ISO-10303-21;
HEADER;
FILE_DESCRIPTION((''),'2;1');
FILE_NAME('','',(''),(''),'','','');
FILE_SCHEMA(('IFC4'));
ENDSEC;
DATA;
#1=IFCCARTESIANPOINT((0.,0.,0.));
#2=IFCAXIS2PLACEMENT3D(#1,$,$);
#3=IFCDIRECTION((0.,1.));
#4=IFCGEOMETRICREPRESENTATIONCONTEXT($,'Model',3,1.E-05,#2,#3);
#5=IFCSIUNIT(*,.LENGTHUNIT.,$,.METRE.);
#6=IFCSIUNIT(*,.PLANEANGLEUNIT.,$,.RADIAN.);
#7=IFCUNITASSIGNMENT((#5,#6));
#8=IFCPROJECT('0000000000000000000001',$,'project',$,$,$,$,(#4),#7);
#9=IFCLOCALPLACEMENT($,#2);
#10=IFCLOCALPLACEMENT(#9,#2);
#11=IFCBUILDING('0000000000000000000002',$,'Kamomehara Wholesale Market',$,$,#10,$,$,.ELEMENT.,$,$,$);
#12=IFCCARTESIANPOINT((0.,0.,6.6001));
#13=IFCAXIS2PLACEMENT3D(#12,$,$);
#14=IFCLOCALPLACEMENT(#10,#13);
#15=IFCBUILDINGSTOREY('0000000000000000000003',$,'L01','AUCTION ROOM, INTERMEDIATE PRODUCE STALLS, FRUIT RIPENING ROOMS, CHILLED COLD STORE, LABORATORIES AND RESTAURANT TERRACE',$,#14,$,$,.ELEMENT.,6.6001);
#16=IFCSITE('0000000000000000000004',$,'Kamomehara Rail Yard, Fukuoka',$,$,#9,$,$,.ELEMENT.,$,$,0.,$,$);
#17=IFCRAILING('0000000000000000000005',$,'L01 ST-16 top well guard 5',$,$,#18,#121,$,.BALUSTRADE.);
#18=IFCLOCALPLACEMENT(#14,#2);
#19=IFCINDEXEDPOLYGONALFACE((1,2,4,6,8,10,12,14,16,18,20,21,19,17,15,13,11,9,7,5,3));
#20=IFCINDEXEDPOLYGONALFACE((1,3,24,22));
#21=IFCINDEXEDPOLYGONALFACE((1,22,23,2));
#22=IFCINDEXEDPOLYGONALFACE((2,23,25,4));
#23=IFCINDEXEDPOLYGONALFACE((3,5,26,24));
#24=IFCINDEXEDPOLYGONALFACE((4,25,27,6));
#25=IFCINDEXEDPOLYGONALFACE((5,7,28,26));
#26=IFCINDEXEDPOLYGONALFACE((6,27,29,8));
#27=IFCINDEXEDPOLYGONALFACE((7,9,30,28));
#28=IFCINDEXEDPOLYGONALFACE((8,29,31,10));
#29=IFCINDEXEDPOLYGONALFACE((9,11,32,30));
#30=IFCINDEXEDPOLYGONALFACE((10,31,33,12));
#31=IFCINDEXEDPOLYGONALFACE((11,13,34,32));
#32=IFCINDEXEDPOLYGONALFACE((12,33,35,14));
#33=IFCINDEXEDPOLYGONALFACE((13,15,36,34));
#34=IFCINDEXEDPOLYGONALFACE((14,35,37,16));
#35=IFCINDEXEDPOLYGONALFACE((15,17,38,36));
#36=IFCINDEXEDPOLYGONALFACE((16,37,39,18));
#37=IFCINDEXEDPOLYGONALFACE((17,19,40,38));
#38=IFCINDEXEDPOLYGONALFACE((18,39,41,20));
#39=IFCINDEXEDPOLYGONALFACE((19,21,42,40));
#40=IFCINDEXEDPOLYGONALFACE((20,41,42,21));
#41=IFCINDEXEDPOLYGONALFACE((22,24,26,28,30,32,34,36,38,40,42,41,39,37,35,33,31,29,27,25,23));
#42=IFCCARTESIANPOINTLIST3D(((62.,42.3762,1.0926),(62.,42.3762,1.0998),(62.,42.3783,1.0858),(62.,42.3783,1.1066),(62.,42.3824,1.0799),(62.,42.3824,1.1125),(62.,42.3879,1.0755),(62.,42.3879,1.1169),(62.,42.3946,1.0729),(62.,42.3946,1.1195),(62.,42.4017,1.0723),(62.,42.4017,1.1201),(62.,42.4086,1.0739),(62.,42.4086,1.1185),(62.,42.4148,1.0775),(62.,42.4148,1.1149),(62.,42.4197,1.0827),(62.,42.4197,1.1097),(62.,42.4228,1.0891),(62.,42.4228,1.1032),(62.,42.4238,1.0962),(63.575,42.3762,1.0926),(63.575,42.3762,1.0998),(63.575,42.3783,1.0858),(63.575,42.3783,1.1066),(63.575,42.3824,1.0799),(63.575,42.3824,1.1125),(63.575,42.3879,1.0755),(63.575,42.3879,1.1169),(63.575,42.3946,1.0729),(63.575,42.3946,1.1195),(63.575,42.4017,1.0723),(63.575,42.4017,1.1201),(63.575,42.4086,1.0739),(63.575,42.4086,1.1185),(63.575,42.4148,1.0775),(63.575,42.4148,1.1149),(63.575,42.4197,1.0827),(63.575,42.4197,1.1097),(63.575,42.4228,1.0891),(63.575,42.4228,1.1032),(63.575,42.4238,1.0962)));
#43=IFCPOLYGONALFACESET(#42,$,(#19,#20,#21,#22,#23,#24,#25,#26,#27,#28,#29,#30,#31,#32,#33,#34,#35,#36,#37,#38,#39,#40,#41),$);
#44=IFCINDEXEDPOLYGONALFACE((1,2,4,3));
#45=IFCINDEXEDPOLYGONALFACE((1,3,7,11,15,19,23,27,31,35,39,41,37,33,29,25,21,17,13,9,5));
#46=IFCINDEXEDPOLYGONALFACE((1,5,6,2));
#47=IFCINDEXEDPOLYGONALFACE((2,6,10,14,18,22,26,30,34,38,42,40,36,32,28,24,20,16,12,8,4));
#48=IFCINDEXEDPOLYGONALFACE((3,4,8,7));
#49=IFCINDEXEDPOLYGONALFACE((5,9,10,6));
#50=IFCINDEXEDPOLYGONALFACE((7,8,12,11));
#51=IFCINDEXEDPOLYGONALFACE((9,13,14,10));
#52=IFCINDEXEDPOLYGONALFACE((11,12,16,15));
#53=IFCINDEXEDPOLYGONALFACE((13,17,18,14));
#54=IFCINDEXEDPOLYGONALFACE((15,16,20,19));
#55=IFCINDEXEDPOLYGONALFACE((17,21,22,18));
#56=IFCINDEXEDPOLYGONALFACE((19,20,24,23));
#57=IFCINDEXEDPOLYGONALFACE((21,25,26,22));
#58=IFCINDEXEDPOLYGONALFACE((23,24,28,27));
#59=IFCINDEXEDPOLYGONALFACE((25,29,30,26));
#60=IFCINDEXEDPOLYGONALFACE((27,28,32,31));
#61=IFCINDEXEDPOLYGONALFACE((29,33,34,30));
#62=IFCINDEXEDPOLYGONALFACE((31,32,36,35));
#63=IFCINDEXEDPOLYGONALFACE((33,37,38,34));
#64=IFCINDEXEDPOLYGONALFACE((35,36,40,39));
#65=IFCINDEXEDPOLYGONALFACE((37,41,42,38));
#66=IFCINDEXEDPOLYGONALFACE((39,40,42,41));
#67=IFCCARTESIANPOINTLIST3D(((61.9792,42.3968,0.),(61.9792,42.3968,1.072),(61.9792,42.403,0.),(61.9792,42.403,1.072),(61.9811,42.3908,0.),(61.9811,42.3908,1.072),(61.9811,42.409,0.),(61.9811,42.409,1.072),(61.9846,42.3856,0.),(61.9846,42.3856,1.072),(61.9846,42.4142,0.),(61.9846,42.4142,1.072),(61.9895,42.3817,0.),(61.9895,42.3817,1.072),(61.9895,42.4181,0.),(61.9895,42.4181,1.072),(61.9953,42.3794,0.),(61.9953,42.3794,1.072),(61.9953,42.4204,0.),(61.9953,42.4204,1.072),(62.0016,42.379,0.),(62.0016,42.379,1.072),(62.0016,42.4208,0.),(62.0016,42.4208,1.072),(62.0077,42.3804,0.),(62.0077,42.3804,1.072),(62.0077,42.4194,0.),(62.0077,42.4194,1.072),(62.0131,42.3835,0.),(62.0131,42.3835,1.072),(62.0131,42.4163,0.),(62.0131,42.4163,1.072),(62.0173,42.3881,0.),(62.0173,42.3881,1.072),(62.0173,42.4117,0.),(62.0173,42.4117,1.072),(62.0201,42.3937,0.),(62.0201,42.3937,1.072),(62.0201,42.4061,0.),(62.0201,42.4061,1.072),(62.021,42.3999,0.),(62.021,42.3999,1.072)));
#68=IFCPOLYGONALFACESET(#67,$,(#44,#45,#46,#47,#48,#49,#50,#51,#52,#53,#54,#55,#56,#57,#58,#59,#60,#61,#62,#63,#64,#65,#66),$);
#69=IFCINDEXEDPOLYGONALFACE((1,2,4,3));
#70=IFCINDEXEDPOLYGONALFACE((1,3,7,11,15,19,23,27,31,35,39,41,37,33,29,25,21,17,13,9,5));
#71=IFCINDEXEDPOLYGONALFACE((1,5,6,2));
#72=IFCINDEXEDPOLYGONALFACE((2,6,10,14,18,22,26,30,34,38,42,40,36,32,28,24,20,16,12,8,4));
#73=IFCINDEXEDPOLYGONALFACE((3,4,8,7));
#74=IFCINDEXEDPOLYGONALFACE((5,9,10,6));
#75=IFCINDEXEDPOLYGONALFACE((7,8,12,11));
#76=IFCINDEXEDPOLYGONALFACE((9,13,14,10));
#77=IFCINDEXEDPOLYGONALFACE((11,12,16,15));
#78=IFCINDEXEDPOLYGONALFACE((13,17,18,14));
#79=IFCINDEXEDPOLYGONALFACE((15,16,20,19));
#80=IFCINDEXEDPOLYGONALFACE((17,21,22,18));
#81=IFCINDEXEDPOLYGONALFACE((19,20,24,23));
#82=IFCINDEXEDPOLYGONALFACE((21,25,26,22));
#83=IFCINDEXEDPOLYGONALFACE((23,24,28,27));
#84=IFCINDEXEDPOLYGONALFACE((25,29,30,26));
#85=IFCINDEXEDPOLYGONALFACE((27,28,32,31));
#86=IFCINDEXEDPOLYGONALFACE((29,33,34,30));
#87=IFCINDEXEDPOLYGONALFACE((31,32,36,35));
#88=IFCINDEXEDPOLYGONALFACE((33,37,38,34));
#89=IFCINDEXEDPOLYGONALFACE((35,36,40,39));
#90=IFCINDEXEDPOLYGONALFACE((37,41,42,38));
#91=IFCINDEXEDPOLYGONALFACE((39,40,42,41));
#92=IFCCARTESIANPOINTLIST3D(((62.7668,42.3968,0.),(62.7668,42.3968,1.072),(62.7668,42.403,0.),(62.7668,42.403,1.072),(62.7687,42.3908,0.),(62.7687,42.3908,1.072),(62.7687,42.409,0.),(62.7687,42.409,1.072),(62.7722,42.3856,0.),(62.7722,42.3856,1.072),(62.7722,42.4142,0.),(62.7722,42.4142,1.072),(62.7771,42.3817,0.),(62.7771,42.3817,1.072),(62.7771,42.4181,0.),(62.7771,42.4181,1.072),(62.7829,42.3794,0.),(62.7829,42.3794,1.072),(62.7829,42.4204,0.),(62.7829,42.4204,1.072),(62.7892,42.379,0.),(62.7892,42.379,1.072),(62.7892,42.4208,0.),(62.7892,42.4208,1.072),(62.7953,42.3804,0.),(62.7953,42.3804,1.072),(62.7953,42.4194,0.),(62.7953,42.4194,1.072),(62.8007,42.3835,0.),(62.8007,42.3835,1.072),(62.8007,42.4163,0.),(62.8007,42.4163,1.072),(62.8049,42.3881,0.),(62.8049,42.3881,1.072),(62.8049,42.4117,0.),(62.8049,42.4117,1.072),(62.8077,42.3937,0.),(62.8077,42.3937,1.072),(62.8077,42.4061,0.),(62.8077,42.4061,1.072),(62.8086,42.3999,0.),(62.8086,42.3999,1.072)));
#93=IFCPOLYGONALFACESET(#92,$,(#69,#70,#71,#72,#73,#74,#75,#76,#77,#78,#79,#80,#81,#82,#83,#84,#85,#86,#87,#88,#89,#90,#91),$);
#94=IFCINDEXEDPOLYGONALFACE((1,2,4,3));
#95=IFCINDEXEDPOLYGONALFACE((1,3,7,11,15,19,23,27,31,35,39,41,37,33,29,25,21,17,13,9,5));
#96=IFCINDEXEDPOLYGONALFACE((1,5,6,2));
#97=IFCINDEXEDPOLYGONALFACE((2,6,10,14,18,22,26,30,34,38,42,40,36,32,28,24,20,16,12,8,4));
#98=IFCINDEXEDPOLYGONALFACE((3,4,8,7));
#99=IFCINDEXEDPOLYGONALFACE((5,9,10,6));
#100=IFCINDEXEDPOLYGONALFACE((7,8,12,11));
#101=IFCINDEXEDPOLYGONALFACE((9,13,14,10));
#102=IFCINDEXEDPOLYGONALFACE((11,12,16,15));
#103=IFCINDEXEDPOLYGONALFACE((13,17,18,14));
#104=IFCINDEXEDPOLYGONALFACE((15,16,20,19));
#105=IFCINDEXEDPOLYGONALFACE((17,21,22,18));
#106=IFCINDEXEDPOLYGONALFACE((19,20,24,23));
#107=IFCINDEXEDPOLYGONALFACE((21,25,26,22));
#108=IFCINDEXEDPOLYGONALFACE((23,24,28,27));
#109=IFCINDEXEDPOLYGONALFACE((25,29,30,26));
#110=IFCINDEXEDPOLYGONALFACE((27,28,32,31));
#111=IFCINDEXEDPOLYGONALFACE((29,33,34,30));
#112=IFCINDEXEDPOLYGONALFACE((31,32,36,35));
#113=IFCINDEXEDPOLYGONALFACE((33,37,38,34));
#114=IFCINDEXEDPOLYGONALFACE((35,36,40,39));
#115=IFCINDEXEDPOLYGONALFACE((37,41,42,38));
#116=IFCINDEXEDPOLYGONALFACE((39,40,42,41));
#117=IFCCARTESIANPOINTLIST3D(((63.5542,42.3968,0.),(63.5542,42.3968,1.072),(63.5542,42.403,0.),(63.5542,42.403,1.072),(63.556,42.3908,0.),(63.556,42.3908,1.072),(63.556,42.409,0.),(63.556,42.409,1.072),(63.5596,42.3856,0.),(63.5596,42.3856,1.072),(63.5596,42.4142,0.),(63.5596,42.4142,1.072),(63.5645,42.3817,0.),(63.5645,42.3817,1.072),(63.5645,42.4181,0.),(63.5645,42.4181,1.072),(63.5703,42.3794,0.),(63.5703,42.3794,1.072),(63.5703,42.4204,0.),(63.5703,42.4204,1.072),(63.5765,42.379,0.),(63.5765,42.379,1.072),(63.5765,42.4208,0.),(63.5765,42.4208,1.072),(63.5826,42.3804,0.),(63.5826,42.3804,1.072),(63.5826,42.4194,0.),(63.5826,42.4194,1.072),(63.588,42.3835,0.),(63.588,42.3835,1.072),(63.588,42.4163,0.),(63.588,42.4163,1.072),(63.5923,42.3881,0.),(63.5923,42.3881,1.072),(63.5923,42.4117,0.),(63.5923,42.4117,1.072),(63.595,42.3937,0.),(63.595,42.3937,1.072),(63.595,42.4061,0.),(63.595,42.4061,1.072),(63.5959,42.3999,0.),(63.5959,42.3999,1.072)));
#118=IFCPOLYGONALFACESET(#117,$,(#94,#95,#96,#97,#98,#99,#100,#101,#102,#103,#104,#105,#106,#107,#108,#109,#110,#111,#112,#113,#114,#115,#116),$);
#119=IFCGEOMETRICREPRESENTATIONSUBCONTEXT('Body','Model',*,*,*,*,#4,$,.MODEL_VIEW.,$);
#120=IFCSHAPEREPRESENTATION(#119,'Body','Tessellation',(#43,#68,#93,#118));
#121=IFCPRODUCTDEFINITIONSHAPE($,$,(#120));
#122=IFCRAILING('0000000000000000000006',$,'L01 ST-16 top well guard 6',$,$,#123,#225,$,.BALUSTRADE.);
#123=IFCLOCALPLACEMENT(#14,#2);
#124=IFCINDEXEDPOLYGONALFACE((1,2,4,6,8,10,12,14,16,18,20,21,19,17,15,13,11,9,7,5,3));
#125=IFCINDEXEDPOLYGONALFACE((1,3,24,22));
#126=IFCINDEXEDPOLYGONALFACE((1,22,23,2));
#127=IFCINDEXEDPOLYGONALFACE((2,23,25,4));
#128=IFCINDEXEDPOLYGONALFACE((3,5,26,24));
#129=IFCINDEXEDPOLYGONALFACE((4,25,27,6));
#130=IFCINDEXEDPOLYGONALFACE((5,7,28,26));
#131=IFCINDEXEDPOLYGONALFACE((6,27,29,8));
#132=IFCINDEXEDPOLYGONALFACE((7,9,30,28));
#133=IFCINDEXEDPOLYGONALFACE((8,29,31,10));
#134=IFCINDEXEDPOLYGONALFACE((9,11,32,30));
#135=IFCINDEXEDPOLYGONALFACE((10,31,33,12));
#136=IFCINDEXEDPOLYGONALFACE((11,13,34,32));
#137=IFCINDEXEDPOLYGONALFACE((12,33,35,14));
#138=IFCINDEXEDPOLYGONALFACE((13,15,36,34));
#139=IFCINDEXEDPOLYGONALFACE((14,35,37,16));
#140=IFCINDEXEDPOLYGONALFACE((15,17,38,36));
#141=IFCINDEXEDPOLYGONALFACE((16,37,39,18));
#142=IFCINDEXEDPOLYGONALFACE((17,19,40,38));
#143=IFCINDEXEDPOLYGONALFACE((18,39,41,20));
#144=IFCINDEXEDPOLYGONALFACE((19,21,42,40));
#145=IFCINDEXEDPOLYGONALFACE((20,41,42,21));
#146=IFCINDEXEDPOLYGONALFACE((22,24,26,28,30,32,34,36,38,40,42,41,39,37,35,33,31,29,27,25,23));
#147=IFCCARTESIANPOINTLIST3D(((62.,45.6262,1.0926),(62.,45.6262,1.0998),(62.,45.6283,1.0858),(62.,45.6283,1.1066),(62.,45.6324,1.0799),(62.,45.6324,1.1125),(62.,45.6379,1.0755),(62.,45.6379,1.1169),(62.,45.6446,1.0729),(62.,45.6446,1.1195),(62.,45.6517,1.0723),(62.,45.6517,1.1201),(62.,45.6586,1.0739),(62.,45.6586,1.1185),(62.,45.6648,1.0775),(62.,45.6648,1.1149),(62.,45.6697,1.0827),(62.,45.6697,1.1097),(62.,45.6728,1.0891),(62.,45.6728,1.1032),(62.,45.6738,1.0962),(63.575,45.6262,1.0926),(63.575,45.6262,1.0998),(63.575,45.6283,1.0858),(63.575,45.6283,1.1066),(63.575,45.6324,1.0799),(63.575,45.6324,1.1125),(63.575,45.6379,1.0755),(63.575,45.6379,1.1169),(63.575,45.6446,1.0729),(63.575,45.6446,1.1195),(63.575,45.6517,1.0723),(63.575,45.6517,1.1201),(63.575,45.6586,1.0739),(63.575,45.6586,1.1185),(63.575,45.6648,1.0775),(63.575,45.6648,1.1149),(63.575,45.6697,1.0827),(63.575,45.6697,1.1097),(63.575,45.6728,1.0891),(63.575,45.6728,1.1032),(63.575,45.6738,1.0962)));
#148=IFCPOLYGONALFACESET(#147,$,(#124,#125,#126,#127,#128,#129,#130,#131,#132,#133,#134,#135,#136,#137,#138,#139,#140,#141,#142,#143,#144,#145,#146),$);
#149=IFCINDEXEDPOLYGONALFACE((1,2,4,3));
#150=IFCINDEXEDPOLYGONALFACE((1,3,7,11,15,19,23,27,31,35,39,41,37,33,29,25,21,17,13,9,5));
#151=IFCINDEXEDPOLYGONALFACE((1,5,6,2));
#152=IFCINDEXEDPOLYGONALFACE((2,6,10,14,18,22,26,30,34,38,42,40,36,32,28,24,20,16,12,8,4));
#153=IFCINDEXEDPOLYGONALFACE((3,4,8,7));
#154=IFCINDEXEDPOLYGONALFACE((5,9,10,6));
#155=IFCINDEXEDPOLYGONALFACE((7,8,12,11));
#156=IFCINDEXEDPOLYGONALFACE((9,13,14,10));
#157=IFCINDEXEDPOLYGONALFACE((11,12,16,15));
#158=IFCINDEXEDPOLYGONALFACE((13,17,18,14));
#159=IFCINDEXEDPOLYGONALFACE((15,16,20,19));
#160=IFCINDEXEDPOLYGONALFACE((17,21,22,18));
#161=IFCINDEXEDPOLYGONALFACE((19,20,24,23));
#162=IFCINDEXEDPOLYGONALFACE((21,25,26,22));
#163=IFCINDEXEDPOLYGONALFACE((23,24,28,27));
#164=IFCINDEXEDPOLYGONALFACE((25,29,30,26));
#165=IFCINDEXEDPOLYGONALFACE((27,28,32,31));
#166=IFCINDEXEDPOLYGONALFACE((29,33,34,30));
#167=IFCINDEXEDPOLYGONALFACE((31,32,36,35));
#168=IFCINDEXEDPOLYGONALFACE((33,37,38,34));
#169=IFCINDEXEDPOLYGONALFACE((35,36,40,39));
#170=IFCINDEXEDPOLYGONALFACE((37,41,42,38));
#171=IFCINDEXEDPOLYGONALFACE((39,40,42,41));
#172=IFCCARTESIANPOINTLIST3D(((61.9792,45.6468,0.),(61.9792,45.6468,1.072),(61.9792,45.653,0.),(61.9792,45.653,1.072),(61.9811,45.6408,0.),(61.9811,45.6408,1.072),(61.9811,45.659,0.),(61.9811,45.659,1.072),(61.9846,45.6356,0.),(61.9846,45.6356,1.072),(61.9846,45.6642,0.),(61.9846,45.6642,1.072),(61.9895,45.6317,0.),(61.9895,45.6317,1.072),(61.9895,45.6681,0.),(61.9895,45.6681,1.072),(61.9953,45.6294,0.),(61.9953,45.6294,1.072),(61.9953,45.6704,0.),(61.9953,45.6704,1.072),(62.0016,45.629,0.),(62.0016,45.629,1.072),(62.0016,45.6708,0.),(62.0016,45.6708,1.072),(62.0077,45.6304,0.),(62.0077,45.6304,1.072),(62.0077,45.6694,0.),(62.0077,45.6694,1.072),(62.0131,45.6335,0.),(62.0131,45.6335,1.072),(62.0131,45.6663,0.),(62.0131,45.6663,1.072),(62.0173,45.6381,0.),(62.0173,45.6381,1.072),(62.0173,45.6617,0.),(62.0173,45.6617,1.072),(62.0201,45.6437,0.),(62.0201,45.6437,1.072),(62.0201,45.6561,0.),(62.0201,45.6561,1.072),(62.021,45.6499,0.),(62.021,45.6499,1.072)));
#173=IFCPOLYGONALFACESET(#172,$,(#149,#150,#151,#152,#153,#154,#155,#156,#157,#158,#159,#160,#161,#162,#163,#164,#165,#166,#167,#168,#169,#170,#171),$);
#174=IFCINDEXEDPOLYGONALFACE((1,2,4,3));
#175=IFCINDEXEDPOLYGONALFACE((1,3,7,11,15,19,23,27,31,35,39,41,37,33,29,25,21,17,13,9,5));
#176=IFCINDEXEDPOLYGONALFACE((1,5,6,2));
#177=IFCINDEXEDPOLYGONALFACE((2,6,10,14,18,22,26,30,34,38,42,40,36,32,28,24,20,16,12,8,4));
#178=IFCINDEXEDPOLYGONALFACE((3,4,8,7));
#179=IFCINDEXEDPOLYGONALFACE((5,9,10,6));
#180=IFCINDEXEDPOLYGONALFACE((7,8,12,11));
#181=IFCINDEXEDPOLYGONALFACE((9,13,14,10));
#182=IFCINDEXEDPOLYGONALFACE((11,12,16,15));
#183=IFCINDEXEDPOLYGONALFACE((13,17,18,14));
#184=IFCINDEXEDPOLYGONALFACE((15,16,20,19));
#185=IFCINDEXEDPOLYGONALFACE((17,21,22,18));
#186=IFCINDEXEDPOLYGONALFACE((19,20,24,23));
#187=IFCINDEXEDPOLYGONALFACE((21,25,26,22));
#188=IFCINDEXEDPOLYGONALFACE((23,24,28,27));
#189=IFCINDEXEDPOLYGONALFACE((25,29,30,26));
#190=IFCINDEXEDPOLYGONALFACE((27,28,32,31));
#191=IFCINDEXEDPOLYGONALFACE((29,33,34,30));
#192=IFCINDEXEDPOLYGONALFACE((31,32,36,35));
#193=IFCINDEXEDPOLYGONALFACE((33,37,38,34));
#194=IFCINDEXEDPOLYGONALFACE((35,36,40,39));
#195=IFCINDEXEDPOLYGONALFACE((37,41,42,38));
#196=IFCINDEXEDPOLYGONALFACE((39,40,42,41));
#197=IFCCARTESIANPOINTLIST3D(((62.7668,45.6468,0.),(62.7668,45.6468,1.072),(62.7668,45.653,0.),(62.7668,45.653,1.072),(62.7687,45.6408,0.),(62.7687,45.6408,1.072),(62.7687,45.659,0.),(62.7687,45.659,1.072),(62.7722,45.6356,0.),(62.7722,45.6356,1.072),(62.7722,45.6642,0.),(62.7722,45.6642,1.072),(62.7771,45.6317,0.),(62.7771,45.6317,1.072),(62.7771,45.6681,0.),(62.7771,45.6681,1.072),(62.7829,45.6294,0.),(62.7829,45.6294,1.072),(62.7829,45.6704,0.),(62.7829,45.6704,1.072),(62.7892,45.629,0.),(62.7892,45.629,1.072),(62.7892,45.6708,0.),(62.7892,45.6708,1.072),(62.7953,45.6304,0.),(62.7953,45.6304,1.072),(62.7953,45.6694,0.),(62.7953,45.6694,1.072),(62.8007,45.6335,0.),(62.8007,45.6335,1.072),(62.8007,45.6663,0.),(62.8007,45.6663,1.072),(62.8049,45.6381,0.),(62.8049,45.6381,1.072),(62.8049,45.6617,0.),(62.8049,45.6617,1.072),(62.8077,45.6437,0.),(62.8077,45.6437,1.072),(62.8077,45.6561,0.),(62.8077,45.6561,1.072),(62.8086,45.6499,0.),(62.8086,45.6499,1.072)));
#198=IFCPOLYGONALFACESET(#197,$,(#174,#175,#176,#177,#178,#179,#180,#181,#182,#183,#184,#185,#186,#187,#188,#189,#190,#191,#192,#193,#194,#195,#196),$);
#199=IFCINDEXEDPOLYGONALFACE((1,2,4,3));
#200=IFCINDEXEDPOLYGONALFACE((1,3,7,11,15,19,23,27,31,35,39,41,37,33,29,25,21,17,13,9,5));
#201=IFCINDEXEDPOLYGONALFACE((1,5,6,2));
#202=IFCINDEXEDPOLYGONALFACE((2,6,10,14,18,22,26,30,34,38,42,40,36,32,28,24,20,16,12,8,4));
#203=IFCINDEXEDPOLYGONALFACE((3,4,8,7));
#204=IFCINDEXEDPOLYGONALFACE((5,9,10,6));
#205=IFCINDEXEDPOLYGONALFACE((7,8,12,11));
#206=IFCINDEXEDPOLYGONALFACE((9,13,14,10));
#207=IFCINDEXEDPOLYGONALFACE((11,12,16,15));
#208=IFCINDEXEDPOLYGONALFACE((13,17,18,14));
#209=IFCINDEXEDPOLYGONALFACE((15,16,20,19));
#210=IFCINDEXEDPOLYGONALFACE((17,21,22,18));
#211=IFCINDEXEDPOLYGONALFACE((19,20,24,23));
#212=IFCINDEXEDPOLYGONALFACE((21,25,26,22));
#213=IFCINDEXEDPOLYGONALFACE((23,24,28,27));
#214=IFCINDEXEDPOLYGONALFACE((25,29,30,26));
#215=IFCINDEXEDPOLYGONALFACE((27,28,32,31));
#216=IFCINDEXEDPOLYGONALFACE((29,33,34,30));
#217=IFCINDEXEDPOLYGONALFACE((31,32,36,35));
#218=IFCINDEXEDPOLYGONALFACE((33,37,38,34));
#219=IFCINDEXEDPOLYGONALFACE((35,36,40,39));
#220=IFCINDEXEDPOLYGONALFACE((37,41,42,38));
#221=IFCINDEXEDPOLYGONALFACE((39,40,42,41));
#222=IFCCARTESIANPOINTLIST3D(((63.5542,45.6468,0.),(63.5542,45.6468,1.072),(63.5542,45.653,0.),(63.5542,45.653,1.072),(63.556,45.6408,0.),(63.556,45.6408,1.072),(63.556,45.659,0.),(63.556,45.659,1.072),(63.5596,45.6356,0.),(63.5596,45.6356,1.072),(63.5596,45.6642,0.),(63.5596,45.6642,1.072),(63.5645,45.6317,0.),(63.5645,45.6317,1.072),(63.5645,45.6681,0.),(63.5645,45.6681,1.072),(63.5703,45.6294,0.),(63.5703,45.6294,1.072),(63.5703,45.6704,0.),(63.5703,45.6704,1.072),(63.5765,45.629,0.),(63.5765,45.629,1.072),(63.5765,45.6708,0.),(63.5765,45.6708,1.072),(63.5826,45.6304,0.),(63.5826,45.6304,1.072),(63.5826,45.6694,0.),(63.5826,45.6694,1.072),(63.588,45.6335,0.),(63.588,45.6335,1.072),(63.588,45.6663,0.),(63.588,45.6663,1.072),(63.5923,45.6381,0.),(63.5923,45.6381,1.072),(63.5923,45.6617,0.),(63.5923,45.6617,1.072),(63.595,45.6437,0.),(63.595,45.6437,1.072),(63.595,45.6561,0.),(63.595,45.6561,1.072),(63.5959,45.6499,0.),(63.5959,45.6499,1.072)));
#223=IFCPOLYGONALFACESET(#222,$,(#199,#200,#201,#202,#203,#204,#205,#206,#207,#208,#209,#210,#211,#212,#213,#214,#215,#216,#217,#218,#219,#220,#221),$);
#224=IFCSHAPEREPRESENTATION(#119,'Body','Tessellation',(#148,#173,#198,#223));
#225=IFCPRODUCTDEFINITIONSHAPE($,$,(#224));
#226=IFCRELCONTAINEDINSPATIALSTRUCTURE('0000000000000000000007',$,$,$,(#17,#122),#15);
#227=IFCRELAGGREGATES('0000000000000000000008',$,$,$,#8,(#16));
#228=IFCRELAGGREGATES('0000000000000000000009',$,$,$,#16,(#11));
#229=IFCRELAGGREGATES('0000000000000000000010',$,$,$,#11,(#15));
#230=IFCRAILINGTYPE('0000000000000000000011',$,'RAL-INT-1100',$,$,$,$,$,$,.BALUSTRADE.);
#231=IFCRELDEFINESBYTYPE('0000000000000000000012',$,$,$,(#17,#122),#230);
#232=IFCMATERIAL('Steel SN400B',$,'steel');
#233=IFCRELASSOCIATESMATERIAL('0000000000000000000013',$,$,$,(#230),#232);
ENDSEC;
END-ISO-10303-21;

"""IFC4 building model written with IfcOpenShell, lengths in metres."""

from ifc_helpers import new_model, si_unit, direction, frame, origin, origin_2d, place, context, subcontext, project, spatial, circle, extrude, material, type_object, element, save


model = new_model("IFC4")

# Units and contexts
model_context = context("Model", 3, precision=1e-05, world=origin(), true_north=direction((0.0, 1.0)))
body_context = subcontext(model_context, "Body", "Model", "MODEL_VIEW")
ifc_project = project(units=[si_unit("LENGTHUNIT", "METRE"), si_unit("PLANEANGLEUNIT", "RADIAN")], contexts=[model_context])

# Site, building, storey
site_placement = place(None, origin())
site = spatial("IfcSite", under=ifc_project, at=site_placement, Name="Kamomehara Rail Yard, Fukuoka", CompositionType="ELEMENT", RefElevation=0.0)
building_placement = place(site_placement, origin())
building = spatial("IfcBuilding", under=site, at=building_placement, Name="Kamomehara Wholesale Market", CompositionType="ELEMENT")
storey_placement = place(building_placement, frame((0.0, 0.0, 6.6001)))
storey = spatial("IfcBuildingStorey", under=building, at=storey_placement, Name="L01", Description="AUCTION ROOM, INTERMEDIATE PRODUCE STALLS, FRUIT RIPENING ROOMS, CHILLED COLD STORE, LABORATORIES AND RESTAURANT TERRACE", CompositionType="ELEMENT", Elevation=6.6001)

# Railings
ifc_material_1 = material(Name="Steel SN400B", Category="steel")
railing_type = type_object("IfcRailingType", Name="RAL-INT-1100", PredefinedType="BALUSTRADE", material=ifc_material_1)
for number, where, name in (
    (1, (62.0, 42.3999, 0.0), "L01 ST-16 top well guard 5"),
    (2, (62.0, 45.6499, 0.0), "L01 ST-16 top well guard 6"),
):
    element("IfcRailing", number, at=place(storey_placement, frame(where)), inside=storey, type_object=railing_type, Name=name, PredefinedType="BALUSTRADE", context=body_context, shape_type="SweptSolid", body=[
        extrude(circle(Radius=0.0239, at=origin_2d()), frame((0.0, 0.0, 1.0962), z_axis=(1.0, 0.0, 0.0), x_axis=(0.0, 1.0, 0.0)), (0.0, 0.0, 1.0), 1.575),
        extrude(circle(Radius=0.021, at=origin_2d()), origin(), (0.0, 0.0, 1.0), 1.072),
        extrude(circle(Radius=0.021, at=origin_2d()), frame((0.7876, 0.0, 0.0)), (0.0, 0.0, 1.0), 1.072),
        extrude(circle(Radius=0.021, at=origin_2d()), frame((1.575, 0.0, 0.0)), (0.0, 0.0, 1.0), 1.072),
    ])

save(model, "model.ifc")
